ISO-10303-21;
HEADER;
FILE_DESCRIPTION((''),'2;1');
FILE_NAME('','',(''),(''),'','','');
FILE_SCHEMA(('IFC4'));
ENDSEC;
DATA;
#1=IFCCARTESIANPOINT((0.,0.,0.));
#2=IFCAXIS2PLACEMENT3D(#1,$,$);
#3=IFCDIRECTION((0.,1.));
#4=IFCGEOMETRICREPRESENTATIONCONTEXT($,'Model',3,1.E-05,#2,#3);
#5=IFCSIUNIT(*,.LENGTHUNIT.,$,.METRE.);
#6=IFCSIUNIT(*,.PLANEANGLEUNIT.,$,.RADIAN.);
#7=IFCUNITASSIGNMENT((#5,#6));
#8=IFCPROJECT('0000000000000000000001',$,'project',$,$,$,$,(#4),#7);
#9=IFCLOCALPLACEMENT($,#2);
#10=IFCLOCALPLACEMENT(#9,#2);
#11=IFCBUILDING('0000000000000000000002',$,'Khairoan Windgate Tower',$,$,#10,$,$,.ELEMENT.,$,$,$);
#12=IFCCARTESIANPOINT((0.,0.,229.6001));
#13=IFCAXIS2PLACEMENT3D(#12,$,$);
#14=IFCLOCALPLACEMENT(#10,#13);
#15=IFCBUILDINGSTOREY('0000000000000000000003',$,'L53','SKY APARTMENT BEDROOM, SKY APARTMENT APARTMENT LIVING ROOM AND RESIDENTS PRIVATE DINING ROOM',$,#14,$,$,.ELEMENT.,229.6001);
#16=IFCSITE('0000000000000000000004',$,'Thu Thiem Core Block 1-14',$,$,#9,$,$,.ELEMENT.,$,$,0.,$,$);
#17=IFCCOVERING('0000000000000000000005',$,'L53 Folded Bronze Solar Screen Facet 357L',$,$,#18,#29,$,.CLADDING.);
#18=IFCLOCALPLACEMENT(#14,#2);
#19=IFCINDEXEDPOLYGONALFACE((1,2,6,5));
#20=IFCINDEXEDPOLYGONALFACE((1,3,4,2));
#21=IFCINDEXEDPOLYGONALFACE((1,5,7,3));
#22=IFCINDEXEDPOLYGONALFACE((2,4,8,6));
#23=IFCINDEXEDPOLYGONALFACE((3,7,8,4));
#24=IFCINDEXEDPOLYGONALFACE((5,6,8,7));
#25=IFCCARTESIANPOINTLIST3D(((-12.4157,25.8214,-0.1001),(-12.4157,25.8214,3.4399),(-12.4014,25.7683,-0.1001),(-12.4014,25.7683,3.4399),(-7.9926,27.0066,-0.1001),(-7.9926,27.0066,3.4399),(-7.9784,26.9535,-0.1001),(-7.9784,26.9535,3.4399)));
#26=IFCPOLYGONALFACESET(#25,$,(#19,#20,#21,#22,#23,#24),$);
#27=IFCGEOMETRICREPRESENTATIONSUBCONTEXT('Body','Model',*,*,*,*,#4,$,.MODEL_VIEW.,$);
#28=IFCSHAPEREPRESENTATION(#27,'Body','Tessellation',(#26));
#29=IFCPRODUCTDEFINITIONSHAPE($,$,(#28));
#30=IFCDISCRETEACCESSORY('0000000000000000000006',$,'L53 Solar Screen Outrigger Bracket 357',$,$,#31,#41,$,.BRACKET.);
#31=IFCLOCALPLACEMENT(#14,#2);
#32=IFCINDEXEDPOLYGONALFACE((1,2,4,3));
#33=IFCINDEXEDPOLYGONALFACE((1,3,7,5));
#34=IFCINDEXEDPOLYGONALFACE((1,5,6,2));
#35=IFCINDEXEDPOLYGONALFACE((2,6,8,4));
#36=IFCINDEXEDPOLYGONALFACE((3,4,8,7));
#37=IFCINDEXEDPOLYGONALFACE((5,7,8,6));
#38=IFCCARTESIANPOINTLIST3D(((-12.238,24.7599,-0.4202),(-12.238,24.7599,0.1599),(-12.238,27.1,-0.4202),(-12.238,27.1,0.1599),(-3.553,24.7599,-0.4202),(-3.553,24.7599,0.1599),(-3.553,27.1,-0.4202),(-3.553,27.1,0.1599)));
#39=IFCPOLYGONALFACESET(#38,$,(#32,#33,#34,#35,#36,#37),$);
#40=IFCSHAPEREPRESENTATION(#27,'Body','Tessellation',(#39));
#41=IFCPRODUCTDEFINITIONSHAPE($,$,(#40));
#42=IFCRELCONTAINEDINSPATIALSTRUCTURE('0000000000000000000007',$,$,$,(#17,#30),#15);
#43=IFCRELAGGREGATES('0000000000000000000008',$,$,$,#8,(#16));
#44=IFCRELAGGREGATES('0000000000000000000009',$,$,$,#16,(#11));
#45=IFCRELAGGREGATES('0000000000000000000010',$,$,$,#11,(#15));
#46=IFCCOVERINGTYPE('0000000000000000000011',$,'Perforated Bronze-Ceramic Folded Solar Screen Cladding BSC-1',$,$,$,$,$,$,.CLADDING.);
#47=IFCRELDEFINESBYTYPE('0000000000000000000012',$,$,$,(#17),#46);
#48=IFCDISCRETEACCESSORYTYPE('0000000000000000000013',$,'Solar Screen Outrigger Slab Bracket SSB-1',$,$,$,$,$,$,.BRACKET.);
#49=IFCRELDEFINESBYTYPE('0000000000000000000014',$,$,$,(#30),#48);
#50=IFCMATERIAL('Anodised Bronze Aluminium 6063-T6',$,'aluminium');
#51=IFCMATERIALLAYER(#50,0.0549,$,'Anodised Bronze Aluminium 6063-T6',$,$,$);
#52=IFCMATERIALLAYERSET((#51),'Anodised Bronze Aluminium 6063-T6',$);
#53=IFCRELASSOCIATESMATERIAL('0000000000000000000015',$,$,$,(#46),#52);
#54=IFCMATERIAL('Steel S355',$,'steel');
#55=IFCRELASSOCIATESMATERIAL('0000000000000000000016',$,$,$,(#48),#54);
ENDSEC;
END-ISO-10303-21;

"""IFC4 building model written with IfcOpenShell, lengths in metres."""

from ifc_helpers import new_model, si_unit, direction, frame, origin, origin_2d, place, context, subcontext, project, spatial, rectangle, extrude, material, layer, layer_set, type_object, element, save


model = new_model("IFC4")

# Units and contexts
model_context = context("Model", 3, precision=1e-05, world=origin(), true_north=direction((0.0, 1.0)))
body_context = subcontext(model_context, "Body", "Model", "MODEL_VIEW")
ifc_project = project(units=[si_unit("LENGTHUNIT", "METRE"), si_unit("PLANEANGLEUNIT", "RADIAN")], contexts=[model_context])

# Site, building, storey
site_placement = place(None, origin())
site = spatial("IfcSite", under=ifc_project, at=site_placement, Name="Thu Thiem Core Block 1-14", CompositionType="ELEMENT", RefElevation=0.0)
building_placement = place(site_placement, origin())
building = spatial("IfcBuilding", under=site, at=building_placement, Name="Khairoan Windgate Tower", CompositionType="ELEMENT")
storey_placement = place(building_placement, frame((0.0, 0.0, 229.6001)))
storey = spatial("IfcBuildingStorey", under=building, at=storey_placement, Name="L53", Description="SKY APARTMENT BEDROOM, SKY APARTMENT APARTMENT LIVING ROOM AND RESIDENTS PRIVATE DINING ROOM", CompositionType="ELEMENT", Elevation=229.6001)

# Covering
ifc_material_1 = material(Name="Anodised Bronze Aluminium 6063-T6", Category="aluminium")
ifc_layer_1 = layer(ifc_material_1, 0.0549, Name="Anodised Bronze Aluminium 6063-T6")
ifc_layer_set_1 = layer_set([ifc_layer_1], Name="Anodised Bronze Aluminium 6063-T6")
covering_type = type_object("IfcCoveringType", Name="Perforated Bronze-Ceramic Folded Solar Screen Cladding BSC-1", PredefinedType="CLADDING", material=ifc_layer_set_1)
covering_placement = place(storey_placement, frame((-10.197, 26.3875, -0.1001), z_axis=(0.0, 0.0, 1.0), x_axis=(0.965926, 0.258819, 0.0)))
element("IfcCovering", 1, at=covering_placement, inside=storey, type_object=covering_type, Name="L53 Folded Bronze Solar Screen Facet 357L", PredefinedType="CLADDING", context=body_context, shape_type="SweptSolid", body=[
    extrude(rectangle(XDim=4.5791, YDim=0.0549, at=origin_2d()), origin(), (0.0, 0.0, 1.0), 3.54),
])

# Discrete accessory
ifc_material_2 = material(Name="Steel S355", Category="steel")
discrete_accessory_type = type_object("IfcDiscreteAccessoryType", Name="Solar Screen Outrigger Slab Bracket SSB-1", PredefinedType="BRACKET", material=ifc_material_2)
discrete_accessory_placement = place(storey_placement, frame((-7.8955, 25.9299, -0.4202), z_axis=(0.0, 0.0, 1.0), x_axis=(1.0, 0.0, 0.0)))
element("IfcDiscreteAccessory", 2, at=discrete_accessory_placement, inside=storey, type_object=discrete_accessory_type, Name="L53 Solar Screen Outrigger Bracket 357", PredefinedType="BRACKET", context=body_context, shape_type="SweptSolid", body=[
    extrude(rectangle(XDim=8.6851, YDim=2.3401, at=origin_2d()), origin(), (0.0, 0.0, 1.0), 0.5801),
])

save(model, "model.ifc")
